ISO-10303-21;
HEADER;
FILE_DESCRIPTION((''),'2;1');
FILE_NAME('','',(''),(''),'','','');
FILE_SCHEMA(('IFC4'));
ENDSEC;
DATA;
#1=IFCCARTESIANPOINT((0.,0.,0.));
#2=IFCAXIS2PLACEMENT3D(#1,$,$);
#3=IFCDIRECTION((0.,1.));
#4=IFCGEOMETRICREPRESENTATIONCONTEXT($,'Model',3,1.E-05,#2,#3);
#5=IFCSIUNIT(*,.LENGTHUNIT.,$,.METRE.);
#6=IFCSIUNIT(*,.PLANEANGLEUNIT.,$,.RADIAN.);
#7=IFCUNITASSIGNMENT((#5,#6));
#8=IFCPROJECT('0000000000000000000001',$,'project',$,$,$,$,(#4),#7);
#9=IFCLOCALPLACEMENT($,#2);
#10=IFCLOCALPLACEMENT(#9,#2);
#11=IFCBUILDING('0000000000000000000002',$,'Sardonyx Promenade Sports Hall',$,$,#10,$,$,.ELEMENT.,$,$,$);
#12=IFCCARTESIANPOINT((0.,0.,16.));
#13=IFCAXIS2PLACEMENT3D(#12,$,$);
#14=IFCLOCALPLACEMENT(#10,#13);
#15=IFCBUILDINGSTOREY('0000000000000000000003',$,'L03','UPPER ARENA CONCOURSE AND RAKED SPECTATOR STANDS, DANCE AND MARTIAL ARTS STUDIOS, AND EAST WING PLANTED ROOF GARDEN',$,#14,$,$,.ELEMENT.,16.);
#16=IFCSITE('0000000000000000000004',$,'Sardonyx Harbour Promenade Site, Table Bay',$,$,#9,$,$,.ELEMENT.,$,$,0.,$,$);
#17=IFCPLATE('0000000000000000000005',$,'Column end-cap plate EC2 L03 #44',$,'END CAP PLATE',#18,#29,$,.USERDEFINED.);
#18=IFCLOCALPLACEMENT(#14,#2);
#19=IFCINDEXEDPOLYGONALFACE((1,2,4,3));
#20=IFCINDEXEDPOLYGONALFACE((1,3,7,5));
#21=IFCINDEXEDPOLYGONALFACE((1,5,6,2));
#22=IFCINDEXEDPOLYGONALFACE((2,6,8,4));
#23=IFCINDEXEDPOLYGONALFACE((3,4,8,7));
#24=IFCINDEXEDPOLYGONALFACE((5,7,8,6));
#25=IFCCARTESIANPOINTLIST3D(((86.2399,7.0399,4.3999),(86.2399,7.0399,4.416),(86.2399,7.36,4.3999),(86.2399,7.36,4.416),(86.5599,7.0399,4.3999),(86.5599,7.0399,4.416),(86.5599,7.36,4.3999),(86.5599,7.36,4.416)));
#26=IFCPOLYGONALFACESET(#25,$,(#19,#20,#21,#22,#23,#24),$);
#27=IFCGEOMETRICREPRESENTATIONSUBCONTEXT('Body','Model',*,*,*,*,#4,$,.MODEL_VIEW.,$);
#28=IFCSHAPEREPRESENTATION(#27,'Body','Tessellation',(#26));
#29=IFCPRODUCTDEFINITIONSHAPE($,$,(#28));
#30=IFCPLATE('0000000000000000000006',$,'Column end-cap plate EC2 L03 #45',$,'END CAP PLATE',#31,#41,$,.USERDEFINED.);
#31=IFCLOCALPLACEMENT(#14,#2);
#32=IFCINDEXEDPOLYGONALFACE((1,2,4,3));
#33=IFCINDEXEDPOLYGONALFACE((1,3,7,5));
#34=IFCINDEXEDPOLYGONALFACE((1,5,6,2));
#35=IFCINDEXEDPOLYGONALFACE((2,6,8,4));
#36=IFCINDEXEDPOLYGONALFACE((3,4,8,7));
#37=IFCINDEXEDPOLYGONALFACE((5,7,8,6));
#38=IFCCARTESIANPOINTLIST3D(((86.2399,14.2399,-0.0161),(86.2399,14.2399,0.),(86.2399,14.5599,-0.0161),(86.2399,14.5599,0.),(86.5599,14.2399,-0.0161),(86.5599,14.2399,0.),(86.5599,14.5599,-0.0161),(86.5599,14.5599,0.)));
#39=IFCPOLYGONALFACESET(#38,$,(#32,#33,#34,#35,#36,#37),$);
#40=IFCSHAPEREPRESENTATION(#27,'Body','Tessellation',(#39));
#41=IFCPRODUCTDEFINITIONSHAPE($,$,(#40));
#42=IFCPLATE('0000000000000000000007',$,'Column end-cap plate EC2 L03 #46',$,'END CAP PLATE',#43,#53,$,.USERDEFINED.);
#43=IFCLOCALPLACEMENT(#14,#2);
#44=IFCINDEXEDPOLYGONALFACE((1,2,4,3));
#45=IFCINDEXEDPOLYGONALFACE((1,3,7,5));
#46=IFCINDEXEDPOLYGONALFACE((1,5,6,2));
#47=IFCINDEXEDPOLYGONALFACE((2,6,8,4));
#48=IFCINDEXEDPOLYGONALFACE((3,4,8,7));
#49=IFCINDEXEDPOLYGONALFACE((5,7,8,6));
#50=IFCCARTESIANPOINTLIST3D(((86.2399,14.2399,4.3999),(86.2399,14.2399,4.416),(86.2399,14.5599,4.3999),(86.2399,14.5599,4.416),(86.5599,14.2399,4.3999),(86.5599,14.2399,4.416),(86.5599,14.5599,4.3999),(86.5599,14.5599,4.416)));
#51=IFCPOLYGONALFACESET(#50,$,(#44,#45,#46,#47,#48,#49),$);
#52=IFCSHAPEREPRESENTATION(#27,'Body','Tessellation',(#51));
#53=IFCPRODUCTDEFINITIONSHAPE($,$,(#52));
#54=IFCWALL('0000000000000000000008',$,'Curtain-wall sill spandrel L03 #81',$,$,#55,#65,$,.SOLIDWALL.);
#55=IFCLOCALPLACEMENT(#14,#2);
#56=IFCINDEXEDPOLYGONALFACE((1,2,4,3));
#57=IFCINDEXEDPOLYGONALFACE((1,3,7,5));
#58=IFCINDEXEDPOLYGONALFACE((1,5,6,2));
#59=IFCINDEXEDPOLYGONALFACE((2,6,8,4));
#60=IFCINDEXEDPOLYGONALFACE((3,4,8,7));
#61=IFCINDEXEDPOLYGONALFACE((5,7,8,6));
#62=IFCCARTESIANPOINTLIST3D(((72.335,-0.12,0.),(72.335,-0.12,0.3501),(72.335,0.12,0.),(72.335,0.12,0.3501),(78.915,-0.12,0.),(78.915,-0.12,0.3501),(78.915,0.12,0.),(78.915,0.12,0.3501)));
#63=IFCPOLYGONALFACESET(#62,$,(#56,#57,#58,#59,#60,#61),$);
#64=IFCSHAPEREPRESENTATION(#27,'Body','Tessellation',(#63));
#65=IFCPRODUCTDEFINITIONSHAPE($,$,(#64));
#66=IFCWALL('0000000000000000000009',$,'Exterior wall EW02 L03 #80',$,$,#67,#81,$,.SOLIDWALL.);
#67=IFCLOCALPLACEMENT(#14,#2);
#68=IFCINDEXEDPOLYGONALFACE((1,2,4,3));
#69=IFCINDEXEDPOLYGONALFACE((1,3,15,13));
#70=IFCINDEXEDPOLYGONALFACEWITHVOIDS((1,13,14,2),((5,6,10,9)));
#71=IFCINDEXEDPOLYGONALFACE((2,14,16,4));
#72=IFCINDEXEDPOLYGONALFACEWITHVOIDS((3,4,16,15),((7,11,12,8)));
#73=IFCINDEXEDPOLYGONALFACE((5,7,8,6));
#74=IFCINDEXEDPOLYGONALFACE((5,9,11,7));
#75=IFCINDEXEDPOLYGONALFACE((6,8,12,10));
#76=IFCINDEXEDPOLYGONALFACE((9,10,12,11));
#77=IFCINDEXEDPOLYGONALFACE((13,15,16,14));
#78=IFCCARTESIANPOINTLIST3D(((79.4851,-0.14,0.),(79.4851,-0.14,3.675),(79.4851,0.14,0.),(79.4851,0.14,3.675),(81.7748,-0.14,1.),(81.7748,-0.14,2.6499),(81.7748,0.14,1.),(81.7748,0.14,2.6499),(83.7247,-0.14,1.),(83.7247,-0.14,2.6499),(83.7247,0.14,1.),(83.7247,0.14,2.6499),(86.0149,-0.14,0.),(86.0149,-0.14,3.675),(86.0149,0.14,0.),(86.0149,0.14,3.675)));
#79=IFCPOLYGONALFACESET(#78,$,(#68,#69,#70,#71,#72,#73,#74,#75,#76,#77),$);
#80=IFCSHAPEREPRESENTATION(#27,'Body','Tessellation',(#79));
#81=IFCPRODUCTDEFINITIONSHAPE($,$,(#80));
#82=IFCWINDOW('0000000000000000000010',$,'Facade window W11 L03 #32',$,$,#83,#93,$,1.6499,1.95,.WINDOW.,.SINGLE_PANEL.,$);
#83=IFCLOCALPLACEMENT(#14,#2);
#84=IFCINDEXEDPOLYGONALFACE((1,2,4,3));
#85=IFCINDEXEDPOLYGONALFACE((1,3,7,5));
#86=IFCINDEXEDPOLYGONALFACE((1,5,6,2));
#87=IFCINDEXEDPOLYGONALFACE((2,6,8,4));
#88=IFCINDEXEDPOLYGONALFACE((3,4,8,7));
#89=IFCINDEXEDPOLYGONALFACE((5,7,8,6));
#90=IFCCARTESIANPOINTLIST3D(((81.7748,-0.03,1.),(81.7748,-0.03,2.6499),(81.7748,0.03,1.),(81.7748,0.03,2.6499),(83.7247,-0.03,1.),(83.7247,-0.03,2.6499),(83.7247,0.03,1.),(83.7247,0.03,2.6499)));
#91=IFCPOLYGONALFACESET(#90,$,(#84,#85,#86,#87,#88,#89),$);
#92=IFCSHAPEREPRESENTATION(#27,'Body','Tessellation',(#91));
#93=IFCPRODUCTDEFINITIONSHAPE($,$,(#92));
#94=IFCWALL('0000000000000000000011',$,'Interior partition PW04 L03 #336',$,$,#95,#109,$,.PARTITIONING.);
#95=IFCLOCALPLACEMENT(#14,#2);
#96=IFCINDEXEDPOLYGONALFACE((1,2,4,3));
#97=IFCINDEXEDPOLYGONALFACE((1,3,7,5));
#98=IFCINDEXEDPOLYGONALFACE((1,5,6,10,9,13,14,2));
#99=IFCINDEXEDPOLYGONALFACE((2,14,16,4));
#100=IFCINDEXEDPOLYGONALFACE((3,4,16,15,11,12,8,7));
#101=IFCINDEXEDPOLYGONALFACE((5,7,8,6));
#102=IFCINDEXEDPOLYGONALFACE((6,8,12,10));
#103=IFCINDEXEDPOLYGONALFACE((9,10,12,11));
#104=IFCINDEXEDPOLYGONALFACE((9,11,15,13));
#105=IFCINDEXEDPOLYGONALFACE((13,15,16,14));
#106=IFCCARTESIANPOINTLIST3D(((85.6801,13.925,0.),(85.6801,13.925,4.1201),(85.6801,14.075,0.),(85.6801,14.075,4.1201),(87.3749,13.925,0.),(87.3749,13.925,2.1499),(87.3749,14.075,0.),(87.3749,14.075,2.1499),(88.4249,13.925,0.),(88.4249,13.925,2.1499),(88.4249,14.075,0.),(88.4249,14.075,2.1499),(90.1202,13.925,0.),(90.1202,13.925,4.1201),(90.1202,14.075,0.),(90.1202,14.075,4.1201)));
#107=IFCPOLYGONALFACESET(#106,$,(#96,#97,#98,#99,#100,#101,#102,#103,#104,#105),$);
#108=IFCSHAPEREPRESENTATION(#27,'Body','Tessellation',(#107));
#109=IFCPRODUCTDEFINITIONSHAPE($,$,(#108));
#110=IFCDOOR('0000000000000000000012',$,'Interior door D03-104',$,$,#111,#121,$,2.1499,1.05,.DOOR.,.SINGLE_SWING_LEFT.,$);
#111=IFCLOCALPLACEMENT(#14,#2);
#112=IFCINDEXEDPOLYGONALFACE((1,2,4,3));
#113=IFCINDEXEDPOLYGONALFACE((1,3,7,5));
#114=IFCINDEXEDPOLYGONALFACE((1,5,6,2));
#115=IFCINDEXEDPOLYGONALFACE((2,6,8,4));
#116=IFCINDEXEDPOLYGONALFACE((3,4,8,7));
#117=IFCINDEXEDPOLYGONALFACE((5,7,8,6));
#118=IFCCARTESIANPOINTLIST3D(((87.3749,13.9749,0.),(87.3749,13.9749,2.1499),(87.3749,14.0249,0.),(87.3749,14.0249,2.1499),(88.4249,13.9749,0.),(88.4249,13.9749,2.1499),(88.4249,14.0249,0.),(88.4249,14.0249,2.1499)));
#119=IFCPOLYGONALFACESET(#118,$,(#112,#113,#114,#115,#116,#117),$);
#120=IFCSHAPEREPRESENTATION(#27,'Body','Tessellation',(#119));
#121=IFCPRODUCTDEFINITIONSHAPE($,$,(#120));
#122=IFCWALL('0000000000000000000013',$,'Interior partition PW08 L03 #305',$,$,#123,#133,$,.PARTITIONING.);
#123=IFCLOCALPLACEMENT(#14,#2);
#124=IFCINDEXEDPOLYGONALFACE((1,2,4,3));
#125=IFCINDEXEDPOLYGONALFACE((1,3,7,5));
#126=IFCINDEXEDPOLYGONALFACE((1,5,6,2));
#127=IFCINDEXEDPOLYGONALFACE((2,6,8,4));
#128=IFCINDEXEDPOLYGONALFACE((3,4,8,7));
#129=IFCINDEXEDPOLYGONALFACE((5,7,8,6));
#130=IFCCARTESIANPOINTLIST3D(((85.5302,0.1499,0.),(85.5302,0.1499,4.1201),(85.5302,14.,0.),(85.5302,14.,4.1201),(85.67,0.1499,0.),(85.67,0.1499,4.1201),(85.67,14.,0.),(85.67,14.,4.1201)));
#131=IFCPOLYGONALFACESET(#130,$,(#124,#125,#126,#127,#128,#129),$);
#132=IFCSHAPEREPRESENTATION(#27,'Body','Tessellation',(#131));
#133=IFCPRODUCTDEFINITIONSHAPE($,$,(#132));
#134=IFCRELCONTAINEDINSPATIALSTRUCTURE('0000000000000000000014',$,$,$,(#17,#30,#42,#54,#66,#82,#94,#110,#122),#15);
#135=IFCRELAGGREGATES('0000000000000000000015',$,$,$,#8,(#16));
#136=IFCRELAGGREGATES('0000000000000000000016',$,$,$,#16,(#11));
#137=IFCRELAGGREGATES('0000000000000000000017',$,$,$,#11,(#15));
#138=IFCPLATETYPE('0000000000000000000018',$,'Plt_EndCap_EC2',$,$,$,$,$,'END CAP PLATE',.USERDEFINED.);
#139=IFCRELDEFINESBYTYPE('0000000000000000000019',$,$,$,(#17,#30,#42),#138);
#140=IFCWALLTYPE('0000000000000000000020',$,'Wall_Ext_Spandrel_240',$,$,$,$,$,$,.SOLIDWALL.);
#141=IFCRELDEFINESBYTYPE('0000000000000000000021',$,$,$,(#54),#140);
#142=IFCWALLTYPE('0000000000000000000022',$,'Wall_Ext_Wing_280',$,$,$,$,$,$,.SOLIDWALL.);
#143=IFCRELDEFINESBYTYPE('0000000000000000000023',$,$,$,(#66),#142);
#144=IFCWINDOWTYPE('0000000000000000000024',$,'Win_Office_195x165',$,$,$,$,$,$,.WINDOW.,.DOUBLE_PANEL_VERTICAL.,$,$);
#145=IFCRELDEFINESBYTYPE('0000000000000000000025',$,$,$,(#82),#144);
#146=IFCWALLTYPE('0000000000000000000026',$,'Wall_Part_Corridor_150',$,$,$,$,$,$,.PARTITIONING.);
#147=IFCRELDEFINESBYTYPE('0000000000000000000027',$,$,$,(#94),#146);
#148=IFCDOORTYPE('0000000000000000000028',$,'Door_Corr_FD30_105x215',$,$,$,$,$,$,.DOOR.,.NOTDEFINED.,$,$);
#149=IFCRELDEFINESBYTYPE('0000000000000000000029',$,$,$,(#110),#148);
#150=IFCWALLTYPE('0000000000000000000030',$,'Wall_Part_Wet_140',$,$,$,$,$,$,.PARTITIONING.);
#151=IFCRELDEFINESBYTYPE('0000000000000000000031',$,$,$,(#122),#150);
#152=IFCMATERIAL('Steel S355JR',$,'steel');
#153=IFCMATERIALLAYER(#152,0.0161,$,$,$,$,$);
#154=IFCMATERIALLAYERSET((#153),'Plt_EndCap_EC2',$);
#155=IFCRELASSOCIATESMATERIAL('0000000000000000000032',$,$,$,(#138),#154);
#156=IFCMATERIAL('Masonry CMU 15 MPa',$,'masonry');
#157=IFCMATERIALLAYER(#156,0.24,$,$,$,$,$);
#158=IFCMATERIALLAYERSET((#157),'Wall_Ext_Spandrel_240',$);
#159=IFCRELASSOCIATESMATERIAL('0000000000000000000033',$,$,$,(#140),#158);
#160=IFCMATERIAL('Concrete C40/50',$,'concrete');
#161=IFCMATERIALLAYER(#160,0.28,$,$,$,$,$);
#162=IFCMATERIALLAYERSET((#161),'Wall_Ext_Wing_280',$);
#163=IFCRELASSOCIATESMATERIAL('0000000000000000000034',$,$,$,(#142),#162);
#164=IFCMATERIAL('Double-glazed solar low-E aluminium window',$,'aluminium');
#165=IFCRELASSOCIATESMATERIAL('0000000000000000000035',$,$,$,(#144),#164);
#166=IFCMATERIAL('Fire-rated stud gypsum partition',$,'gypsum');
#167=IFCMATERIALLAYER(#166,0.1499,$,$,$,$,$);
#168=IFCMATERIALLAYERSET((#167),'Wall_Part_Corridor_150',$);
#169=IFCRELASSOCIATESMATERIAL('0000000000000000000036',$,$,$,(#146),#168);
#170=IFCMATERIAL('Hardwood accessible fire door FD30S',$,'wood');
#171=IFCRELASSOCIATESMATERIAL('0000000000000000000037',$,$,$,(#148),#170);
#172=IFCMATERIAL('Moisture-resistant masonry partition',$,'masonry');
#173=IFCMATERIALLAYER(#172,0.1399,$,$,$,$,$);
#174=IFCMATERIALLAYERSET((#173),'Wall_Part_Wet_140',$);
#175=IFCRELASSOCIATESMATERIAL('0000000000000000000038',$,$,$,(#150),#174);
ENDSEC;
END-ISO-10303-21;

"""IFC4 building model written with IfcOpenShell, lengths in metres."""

from ifc_helpers import new_model, si_unit, direction, frame, frame_2d, origin, origin_2d, place, context, subcontext, project, spatial, rectangle, extrude, material, layer, layer_set, type_object, element, fill, save


model = new_model("IFC4")

# Units and contexts
model_context = context("Model", 3, precision=1e-05, world=origin(), true_north=direction((0.0, 1.0)))
body_context = subcontext(model_context, "Body", "Model", "MODEL_VIEW")
ifc_project = project(units=[si_unit("LENGTHUNIT", "METRE"), si_unit("PLANEANGLEUNIT", "RADIAN")], contexts=[model_context])

# Site, building, storey
site_placement = place(None, origin())
site = spatial("IfcSite", under=ifc_project, at=site_placement, Name="Sardonyx Harbour Promenade Site, Table Bay", CompositionType="ELEMENT", RefElevation=0.0)
building_placement = place(site_placement, origin())
building = spatial("IfcBuilding", under=site, at=building_placement, Name="Sardonyx Promenade Sports Hall", CompositionType="ELEMENT")
storey_placement = place(building_placement, frame((0.0, 0.0, 16.0)))
storey = spatial("IfcBuildingStorey", under=building, at=storey_placement, Name="L03", Description="UPPER ARENA CONCOURSE AND RAKED SPECTATOR STANDS, DANCE AND MARTIAL ARTS STUDIOS, AND EAST WING PLANTED ROOF GARDEN", CompositionType="ELEMENT", Elevation=16.0)

# Plates
ifc_material_1 = material(Name="Steel S355JR", Category="steel")
ifc_layer_1 = layer(ifc_material_1, 0.0161)
ifc_layer_set_1 = layer_set([ifc_layer_1], Name="Plt_EndCap_EC2")
plate_type_1 = type_object("IfcPlateType", Name="Plt_EndCap_EC2", ElementType="END CAP PLATE", PredefinedType="USERDEFINED", material=ifc_layer_set_1)
for number, where, z_axis, x_axis, name in (
    (1, (86.3999, 7.2, 4.3999), (0.0, 0.0, 1.0), (1.0, 0.0, 0.0), "Column end-cap plate EC2 L03 #44"),
    (2, (86.3999, 14.3999, -0.0161), (0.0, 0.0, 1.0), (1.0, 0.0, 0.0), "Column end-cap plate EC2 L03 #45"),
    (3, (86.3999, 14.3999, 4.3999), (0.0, 0.0, 1.0), (1.0, 0.0, 0.0), "Column end-cap plate EC2 L03 #46"),
):
    element("IfcPlate", number, at=place(storey_placement, frame(where, z_axis=z_axis, x_axis=x_axis)), inside=storey, type_object=plate_type_1, Name=name, ObjectType="END CAP PLATE", PredefinedType="USERDEFINED", context=body_context, shape_type="SweptSolid", body=[
        extrude(rectangle(XDim=0.3201, YDim=0.3201, at=origin_2d()), origin(), (0.0, 0.0, 1.0), 0.0161),
    ])

# Wall
ifc_material_2 = material(Name="Masonry CMU 15 MPa", Category="masonry")
ifc_layer_2 = layer(ifc_material_2, 0.24)
ifc_layer_set_2 = layer_set([ifc_layer_2], Name="Wall_Ext_Spandrel_240")
wall_type_1 = type_object("IfcWallType", Name="Wall_Ext_Spandrel_240", PredefinedType="SOLIDWALL", material=ifc_layer_set_2)
wall_1_placement = place(storey_placement, frame((78.915, 0.0, 0.0), z_axis=(0.0, 0.0, 1.0), x_axis=(-1.0, 0.0, 0.0)))
element("IfcWall", 4, at=wall_1_placement, inside=storey, type_object=wall_type_1, Name="Curtain-wall sill spandrel L03 #81", PredefinedType="SOLIDWALL", context=body_context, shape_type="SweptSolid", body=[
    extrude(rectangle(XDim=6.5801, YDim=0.24, at=frame_2d((3.29, 0.0))), origin(), (0.0, 0.0, 1.0), 0.3501),
])

# Wall, opening, window
ifc_material_3 = material(Name="Concrete C40/50", Category="concrete")
ifc_layer_3 = layer(ifc_material_3, 0.28)
ifc_layer_set_3 = layer_set([ifc_layer_3], Name="Wall_Ext_Wing_280")
wall_type_2 = type_object("IfcWallType", Name="Wall_Ext_Wing_280", PredefinedType="SOLIDWALL", material=ifc_layer_set_3)
wall_2_placement = place(storey_placement, frame((86.0149, 0.0, 0.0), z_axis=(0.0, 0.0, 1.0), x_axis=(-1.0, 0.0, 0.0)))
wall_2 = element("IfcWall", 5, at=wall_2_placement, inside=storey, type_object=wall_type_2, Name="Exterior wall EW02 L03 #80", PredefinedType="SOLIDWALL", context=body_context, shape_type="SweptSolid", body=[
    extrude(rectangle(XDim=6.5298, YDim=0.28, at=frame_2d((3.2649, 0.0))), origin(), (0.0, 0.0, 1.0), 3.675),
])
opening_1_placement = place(wall_2_placement, frame((2.29, 0.0, 1.0)))
opening_1 = element("IfcOpeningElement", 6, at=opening_1_placement, cuts=wall_2, PredefinedType="OPENING", context=body_context, shape_type="SweptSolid", body=[
    extrude(rectangle(XDim=1.95, YDim=1.6499, at=frame_2d((0.9751, 0.825))), frame((0.0, 0.15, 0.0), z_axis=(0.0, -1.0, 0.0), x_axis=(1.0, 0.0, 0.0)), (0.0, 0.0, 1.0), 0.3),
])
ifc_material_4 = material(Name="Double-glazed solar low-E aluminium window", Category="aluminium")
window_type = type_object("IfcWindowType", Name="Win_Office_195x165", PartitioningType="DOUBLE_PANEL_VERTICAL", PredefinedType="WINDOW", material=ifc_material_4)
window_placement = place(opening_1_placement, origin())
window = element("IfcWindow", 7, at=window_placement, inside=storey, type_object=window_type, Name="Facade window W11 L03 #32", OverallHeight=1.6499, OverallWidth=1.95, PartitioningType="SINGLE_PANEL", PredefinedType="WINDOW", context=body_context, shape_type="SweptSolid", body=[
    extrude(rectangle(XDim=1.95, YDim=1.6499, at=frame_2d((0.9751, 0.825))), frame((0.0, 0.03, 0.0), z_axis=(0.0, -1.0, 0.0), x_axis=(1.0, 0.0, 0.0)), (0.0, 0.0, 1.0), 0.0601),
])
fill(opening_1, window)

# Wall, opening, door
ifc_material_5 = material(Name="Fire-rated stud gypsum partition", Category="gypsum")
ifc_layer_4 = layer(ifc_material_5, 0.1499)
ifc_layer_set_4 = layer_set([ifc_layer_4], Name="Wall_Part_Corridor_150")
wall_type_3 = type_object("IfcWallType", Name="Wall_Part_Corridor_150", PredefinedType="PARTITIONING", material=ifc_layer_set_4)
wall_3_placement = place(storey_placement, frame((85.6799, 14.0, 0.0), z_axis=(0.0, 0.0, 1.0), x_axis=(1.0, 0.0, 0.0)))
wall_3 = element("IfcWall", 8, at=wall_3_placement, inside=storey, type_object=wall_type_3, Name="Interior partition PW04 L03 #336", PredefinedType="PARTITIONING", context=body_context, shape_type="SweptSolid", body=[
    extrude(rectangle(XDim=4.4402, YDim=0.1499, at=frame_2d((2.2202, 0.0))), origin(), (0.0, 0.0, 1.0), 4.1201),
])
opening_2_placement = place(wall_3_placement, frame((1.6951, 0.0, 0.0)))
opening_2 = element("IfcOpeningElement", 9, at=opening_2_placement, cuts=wall_3, PredefinedType="OPENING", context=body_context, shape_type="SweptSolid", body=[
    extrude(rectangle(XDim=1.05, YDim=2.1499, at=frame_2d((0.5249, 1.075))), frame((0.0, 0.085, 0.0), z_axis=(0.0, -1.0, 0.0), x_axis=(1.0, 0.0, 0.0)), (0.0, 0.0, 1.0), 0.17),
])
ifc_material_6 = material(Name="Hardwood accessible fire door FD30S", Category="wood")
door_type = type_object("IfcDoorType", Name="Door_Corr_FD30_105x215", OperationType="NOTDEFINED", PredefinedType="DOOR", material=ifc_material_6)
door_placement = place(opening_2_placement, origin())
door = element("IfcDoor", 10, at=door_placement, inside=storey, type_object=door_type, Name="Interior door D03-104", OperationType="SINGLE_SWING_LEFT", OverallHeight=2.1499, OverallWidth=1.05, PredefinedType="DOOR", context=body_context, shape_type="SweptSolid", body=[
    extrude(rectangle(XDim=1.05, YDim=2.1499, at=frame_2d((0.5249, 1.075))), frame((0.0, 0.0249, 0.0), z_axis=(0.0, -1.0, 0.0), x_axis=(1.0, 0.0, 0.0)), (0.0, 0.0, 1.0), 0.05),
])
fill(opening_2, door)

# Wall
ifc_material_7 = material(Name="Moisture-resistant masonry partition", Category="masonry")
ifc_layer_5 = layer(ifc_material_7, 0.1399)
ifc_layer_set_5 = layer_set([ifc_layer_5], Name="Wall_Part_Wet_140")
wall_type_4 = type_object("IfcWallType", Name="Wall_Part_Wet_140", PredefinedType="PARTITIONING", material=ifc_layer_set_5)
wall_4_placement = place(storey_placement, frame((85.6001, 0.1499, 0.0), z_axis=(0.0, 0.0, 1.0), x_axis=(0.0, 1.0, 0.0)))
element("IfcWall", 11, at=wall_4_placement, inside=storey, type_object=wall_type_4, Name="Interior partition PW08 L03 #305", PredefinedType="PARTITIONING", context=body_context, shape_type="SweptSolid", body=[
    extrude(rectangle(XDim=13.8501, YDim=0.1399, at=frame_2d((6.925, 0.0))), origin(), (0.0, 0.0, 1.0), 4.1201),
])

save(model, "model.ifc")
